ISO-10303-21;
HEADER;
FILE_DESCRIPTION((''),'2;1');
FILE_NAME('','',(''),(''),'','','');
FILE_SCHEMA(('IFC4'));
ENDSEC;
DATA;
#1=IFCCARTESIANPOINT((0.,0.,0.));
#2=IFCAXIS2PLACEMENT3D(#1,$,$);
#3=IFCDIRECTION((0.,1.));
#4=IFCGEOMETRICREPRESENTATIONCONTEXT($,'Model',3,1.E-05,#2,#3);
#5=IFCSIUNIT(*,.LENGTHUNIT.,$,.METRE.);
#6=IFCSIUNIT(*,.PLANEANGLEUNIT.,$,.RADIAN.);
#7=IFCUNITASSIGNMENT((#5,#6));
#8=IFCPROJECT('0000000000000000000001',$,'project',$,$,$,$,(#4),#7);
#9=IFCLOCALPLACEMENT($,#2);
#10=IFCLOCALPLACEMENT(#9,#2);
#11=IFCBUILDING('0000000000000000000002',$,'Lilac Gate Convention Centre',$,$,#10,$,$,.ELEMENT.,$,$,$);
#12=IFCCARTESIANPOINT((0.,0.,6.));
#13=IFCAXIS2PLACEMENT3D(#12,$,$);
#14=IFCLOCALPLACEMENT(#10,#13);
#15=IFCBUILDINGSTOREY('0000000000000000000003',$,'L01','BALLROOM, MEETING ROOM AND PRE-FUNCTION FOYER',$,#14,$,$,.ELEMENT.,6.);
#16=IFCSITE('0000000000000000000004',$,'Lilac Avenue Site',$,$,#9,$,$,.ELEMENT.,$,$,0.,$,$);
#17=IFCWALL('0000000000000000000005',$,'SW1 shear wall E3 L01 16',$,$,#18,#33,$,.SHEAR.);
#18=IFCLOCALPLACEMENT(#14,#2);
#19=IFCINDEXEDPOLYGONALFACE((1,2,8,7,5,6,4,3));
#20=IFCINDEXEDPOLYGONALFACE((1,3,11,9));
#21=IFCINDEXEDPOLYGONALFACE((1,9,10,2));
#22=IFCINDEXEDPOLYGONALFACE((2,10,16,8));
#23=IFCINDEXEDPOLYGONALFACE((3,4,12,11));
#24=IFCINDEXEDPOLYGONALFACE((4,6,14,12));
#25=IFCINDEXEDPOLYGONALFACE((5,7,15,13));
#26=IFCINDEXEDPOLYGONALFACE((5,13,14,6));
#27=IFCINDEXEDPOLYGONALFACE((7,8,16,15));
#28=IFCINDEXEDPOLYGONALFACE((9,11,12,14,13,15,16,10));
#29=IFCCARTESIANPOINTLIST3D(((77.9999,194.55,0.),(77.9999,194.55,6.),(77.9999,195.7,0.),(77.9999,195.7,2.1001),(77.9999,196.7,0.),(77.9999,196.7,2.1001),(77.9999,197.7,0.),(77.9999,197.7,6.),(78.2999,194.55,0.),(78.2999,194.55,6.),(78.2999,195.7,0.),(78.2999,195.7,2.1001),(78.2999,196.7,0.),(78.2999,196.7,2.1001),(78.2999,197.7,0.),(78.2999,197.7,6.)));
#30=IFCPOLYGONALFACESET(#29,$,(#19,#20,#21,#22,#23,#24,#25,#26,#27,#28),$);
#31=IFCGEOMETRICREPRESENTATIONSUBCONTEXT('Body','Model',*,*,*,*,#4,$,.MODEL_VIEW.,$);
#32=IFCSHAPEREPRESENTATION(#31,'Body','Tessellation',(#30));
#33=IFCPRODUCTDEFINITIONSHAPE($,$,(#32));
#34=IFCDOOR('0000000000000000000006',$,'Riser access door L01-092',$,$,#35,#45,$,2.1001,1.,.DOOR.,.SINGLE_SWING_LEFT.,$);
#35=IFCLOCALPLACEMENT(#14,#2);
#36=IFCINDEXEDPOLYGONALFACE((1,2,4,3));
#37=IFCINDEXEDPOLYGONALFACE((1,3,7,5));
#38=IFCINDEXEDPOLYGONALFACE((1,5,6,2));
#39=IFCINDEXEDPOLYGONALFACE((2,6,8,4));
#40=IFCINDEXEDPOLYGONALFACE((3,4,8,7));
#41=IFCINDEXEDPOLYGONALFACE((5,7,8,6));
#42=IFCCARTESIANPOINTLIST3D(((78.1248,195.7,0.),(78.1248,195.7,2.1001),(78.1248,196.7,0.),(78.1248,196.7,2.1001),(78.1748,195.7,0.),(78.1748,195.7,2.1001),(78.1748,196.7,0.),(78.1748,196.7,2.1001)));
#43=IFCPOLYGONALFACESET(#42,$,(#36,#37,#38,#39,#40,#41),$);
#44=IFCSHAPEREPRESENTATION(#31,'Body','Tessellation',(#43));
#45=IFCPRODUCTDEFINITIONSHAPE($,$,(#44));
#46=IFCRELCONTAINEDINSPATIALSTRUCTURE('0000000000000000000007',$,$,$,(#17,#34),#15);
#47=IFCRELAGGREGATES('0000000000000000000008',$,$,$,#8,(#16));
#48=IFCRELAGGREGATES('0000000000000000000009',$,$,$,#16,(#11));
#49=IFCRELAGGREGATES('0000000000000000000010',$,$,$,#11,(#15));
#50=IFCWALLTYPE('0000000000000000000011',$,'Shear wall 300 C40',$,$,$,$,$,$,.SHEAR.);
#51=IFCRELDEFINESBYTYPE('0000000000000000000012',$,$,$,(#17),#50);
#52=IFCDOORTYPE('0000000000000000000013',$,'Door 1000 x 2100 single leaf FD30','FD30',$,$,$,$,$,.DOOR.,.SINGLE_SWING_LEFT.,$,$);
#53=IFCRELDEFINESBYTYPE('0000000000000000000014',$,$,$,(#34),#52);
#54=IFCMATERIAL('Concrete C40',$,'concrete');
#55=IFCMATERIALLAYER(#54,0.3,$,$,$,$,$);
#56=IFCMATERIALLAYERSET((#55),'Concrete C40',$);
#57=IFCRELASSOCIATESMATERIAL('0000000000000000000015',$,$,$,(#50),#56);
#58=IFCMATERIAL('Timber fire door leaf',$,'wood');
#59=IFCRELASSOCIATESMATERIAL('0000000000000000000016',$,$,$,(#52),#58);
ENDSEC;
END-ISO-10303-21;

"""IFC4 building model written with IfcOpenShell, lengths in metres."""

from ifc_helpers import new_model, si_unit, direction, frame, frame_2d, origin, place, context, subcontext, project, spatial, rectangle, extrude, material, layer, layer_set, type_object, element, fill, save


model = new_model("IFC4")

# Units and contexts
model_context = context("Model", 3, precision=1e-05, world=origin(), true_north=direction((0.0, 1.0)))
body_context = subcontext(model_context, "Body", "Model", "MODEL_VIEW")
ifc_project = project(units=[si_unit("LENGTHUNIT", "METRE"), si_unit("PLANEANGLEUNIT", "RADIAN")], contexts=[model_context])

# Site, building, storey
site_placement = place(None, origin())
site = spatial("IfcSite", under=ifc_project, at=site_placement, Name="Lilac Avenue Site", CompositionType="ELEMENT", RefElevation=0.0)
building_placement = place(site_placement, origin())
building = spatial("IfcBuilding", under=site, at=building_placement, Name="Lilac Gate Convention Centre", CompositionType="ELEMENT")
storey_placement = place(building_placement, frame((0.0, 0.0, 6.0)))
storey = spatial("IfcBuildingStorey", under=building, at=storey_placement, Name="L01", Description="BALLROOM, MEETING ROOM AND PRE-FUNCTION FOYER", CompositionType="ELEMENT", Elevation=6.0)

# Shared definitions
ifc_material_1 = material(Name="Concrete C40", Category="concrete")

# Shared definitions
ifc_layer_1 = layer(ifc_material_1, 0.3)
ifc_layer_set_1 = layer_set([ifc_layer_1], Name="Concrete C40")
wall_type_1 = type_object("IfcWallType", Name="Shear wall 300 C40", PredefinedType="SHEAR", material=ifc_layer_set_1)

# Wall, opening, door
ifc_material_2 = material(Name="Timber fire door leaf", Category="wood")
wall_1_placement = place(storey_placement, frame((78.1499, 194.55, 0.0), z_axis=(0.0, 0.0, 1.0), x_axis=(0.0, 1.0, 0.0)))
wall_1 = element("IfcWall", 1, at=wall_1_placement, inside=storey, type_object=wall_type_1, Name="SW1 shear wall E3 L01 16", PredefinedType="SHEAR", context=body_context, shape_type="SweptSolid", body=[
    extrude(rectangle(XDim=3.1499, YDim=0.3, at=frame_2d((1.575, 0.0))), origin(), (0.0, 0.0, 1.0), 6.0),
])
opening_1_placement = place(wall_1_placement, frame((1.1499, 0.0, 0.0)))
opening_1 = element("IfcOpeningElement", 2, at=opening_1_placement, cuts=wall_1, PredefinedType="OPENING", context=body_context, shape_type="SweptSolid", body=[
    extrude(rectangle(XDim=1.0, YDim=2.1001, at=frame_2d((0.5, 1.05))), frame((0.0, 0.1599, 0.0), z_axis=(0.0, -1.0, 0.0), x_axis=(1.0, 0.0, 0.0)), (0.0, 0.0, 1.0), 0.3201),
])
door_type_1 = type_object("IfcDoorType", Name="Door 1000 x 2100 single leaf FD30", Description="FD30", OperationType="SINGLE_SWING_LEFT", PredefinedType="DOOR", material=ifc_material_2)
door_1_placement = place(opening_1_placement, frame((1.0, 0.0, 0.0), z_axis=(0.0, 0.0, 1.0), x_axis=(-1.0, 0.0, 0.0)))
door_1 = element("IfcDoor", 3, at=door_1_placement, inside=storey, type_object=door_type_1, Name="Riser access door L01-092", OperationType="SINGLE_SWING_LEFT", OverallHeight=2.1001, OverallWidth=1.0, PredefinedType="DOOR", context=body_context, shape_type="SweptSolid", body=[
    extrude(rectangle(XDim=1.0, YDim=2.1001, at=frame_2d((0.5, 1.05))), frame((0.0, 0.0249, 0.0), z_axis=(0.0, -1.0, 0.0), x_axis=(1.0, 0.0, 0.0)), (0.0, 0.0, 1.0), 0.05),
])
fill(opening_1, door_1)

save(model, "model.ifc")
